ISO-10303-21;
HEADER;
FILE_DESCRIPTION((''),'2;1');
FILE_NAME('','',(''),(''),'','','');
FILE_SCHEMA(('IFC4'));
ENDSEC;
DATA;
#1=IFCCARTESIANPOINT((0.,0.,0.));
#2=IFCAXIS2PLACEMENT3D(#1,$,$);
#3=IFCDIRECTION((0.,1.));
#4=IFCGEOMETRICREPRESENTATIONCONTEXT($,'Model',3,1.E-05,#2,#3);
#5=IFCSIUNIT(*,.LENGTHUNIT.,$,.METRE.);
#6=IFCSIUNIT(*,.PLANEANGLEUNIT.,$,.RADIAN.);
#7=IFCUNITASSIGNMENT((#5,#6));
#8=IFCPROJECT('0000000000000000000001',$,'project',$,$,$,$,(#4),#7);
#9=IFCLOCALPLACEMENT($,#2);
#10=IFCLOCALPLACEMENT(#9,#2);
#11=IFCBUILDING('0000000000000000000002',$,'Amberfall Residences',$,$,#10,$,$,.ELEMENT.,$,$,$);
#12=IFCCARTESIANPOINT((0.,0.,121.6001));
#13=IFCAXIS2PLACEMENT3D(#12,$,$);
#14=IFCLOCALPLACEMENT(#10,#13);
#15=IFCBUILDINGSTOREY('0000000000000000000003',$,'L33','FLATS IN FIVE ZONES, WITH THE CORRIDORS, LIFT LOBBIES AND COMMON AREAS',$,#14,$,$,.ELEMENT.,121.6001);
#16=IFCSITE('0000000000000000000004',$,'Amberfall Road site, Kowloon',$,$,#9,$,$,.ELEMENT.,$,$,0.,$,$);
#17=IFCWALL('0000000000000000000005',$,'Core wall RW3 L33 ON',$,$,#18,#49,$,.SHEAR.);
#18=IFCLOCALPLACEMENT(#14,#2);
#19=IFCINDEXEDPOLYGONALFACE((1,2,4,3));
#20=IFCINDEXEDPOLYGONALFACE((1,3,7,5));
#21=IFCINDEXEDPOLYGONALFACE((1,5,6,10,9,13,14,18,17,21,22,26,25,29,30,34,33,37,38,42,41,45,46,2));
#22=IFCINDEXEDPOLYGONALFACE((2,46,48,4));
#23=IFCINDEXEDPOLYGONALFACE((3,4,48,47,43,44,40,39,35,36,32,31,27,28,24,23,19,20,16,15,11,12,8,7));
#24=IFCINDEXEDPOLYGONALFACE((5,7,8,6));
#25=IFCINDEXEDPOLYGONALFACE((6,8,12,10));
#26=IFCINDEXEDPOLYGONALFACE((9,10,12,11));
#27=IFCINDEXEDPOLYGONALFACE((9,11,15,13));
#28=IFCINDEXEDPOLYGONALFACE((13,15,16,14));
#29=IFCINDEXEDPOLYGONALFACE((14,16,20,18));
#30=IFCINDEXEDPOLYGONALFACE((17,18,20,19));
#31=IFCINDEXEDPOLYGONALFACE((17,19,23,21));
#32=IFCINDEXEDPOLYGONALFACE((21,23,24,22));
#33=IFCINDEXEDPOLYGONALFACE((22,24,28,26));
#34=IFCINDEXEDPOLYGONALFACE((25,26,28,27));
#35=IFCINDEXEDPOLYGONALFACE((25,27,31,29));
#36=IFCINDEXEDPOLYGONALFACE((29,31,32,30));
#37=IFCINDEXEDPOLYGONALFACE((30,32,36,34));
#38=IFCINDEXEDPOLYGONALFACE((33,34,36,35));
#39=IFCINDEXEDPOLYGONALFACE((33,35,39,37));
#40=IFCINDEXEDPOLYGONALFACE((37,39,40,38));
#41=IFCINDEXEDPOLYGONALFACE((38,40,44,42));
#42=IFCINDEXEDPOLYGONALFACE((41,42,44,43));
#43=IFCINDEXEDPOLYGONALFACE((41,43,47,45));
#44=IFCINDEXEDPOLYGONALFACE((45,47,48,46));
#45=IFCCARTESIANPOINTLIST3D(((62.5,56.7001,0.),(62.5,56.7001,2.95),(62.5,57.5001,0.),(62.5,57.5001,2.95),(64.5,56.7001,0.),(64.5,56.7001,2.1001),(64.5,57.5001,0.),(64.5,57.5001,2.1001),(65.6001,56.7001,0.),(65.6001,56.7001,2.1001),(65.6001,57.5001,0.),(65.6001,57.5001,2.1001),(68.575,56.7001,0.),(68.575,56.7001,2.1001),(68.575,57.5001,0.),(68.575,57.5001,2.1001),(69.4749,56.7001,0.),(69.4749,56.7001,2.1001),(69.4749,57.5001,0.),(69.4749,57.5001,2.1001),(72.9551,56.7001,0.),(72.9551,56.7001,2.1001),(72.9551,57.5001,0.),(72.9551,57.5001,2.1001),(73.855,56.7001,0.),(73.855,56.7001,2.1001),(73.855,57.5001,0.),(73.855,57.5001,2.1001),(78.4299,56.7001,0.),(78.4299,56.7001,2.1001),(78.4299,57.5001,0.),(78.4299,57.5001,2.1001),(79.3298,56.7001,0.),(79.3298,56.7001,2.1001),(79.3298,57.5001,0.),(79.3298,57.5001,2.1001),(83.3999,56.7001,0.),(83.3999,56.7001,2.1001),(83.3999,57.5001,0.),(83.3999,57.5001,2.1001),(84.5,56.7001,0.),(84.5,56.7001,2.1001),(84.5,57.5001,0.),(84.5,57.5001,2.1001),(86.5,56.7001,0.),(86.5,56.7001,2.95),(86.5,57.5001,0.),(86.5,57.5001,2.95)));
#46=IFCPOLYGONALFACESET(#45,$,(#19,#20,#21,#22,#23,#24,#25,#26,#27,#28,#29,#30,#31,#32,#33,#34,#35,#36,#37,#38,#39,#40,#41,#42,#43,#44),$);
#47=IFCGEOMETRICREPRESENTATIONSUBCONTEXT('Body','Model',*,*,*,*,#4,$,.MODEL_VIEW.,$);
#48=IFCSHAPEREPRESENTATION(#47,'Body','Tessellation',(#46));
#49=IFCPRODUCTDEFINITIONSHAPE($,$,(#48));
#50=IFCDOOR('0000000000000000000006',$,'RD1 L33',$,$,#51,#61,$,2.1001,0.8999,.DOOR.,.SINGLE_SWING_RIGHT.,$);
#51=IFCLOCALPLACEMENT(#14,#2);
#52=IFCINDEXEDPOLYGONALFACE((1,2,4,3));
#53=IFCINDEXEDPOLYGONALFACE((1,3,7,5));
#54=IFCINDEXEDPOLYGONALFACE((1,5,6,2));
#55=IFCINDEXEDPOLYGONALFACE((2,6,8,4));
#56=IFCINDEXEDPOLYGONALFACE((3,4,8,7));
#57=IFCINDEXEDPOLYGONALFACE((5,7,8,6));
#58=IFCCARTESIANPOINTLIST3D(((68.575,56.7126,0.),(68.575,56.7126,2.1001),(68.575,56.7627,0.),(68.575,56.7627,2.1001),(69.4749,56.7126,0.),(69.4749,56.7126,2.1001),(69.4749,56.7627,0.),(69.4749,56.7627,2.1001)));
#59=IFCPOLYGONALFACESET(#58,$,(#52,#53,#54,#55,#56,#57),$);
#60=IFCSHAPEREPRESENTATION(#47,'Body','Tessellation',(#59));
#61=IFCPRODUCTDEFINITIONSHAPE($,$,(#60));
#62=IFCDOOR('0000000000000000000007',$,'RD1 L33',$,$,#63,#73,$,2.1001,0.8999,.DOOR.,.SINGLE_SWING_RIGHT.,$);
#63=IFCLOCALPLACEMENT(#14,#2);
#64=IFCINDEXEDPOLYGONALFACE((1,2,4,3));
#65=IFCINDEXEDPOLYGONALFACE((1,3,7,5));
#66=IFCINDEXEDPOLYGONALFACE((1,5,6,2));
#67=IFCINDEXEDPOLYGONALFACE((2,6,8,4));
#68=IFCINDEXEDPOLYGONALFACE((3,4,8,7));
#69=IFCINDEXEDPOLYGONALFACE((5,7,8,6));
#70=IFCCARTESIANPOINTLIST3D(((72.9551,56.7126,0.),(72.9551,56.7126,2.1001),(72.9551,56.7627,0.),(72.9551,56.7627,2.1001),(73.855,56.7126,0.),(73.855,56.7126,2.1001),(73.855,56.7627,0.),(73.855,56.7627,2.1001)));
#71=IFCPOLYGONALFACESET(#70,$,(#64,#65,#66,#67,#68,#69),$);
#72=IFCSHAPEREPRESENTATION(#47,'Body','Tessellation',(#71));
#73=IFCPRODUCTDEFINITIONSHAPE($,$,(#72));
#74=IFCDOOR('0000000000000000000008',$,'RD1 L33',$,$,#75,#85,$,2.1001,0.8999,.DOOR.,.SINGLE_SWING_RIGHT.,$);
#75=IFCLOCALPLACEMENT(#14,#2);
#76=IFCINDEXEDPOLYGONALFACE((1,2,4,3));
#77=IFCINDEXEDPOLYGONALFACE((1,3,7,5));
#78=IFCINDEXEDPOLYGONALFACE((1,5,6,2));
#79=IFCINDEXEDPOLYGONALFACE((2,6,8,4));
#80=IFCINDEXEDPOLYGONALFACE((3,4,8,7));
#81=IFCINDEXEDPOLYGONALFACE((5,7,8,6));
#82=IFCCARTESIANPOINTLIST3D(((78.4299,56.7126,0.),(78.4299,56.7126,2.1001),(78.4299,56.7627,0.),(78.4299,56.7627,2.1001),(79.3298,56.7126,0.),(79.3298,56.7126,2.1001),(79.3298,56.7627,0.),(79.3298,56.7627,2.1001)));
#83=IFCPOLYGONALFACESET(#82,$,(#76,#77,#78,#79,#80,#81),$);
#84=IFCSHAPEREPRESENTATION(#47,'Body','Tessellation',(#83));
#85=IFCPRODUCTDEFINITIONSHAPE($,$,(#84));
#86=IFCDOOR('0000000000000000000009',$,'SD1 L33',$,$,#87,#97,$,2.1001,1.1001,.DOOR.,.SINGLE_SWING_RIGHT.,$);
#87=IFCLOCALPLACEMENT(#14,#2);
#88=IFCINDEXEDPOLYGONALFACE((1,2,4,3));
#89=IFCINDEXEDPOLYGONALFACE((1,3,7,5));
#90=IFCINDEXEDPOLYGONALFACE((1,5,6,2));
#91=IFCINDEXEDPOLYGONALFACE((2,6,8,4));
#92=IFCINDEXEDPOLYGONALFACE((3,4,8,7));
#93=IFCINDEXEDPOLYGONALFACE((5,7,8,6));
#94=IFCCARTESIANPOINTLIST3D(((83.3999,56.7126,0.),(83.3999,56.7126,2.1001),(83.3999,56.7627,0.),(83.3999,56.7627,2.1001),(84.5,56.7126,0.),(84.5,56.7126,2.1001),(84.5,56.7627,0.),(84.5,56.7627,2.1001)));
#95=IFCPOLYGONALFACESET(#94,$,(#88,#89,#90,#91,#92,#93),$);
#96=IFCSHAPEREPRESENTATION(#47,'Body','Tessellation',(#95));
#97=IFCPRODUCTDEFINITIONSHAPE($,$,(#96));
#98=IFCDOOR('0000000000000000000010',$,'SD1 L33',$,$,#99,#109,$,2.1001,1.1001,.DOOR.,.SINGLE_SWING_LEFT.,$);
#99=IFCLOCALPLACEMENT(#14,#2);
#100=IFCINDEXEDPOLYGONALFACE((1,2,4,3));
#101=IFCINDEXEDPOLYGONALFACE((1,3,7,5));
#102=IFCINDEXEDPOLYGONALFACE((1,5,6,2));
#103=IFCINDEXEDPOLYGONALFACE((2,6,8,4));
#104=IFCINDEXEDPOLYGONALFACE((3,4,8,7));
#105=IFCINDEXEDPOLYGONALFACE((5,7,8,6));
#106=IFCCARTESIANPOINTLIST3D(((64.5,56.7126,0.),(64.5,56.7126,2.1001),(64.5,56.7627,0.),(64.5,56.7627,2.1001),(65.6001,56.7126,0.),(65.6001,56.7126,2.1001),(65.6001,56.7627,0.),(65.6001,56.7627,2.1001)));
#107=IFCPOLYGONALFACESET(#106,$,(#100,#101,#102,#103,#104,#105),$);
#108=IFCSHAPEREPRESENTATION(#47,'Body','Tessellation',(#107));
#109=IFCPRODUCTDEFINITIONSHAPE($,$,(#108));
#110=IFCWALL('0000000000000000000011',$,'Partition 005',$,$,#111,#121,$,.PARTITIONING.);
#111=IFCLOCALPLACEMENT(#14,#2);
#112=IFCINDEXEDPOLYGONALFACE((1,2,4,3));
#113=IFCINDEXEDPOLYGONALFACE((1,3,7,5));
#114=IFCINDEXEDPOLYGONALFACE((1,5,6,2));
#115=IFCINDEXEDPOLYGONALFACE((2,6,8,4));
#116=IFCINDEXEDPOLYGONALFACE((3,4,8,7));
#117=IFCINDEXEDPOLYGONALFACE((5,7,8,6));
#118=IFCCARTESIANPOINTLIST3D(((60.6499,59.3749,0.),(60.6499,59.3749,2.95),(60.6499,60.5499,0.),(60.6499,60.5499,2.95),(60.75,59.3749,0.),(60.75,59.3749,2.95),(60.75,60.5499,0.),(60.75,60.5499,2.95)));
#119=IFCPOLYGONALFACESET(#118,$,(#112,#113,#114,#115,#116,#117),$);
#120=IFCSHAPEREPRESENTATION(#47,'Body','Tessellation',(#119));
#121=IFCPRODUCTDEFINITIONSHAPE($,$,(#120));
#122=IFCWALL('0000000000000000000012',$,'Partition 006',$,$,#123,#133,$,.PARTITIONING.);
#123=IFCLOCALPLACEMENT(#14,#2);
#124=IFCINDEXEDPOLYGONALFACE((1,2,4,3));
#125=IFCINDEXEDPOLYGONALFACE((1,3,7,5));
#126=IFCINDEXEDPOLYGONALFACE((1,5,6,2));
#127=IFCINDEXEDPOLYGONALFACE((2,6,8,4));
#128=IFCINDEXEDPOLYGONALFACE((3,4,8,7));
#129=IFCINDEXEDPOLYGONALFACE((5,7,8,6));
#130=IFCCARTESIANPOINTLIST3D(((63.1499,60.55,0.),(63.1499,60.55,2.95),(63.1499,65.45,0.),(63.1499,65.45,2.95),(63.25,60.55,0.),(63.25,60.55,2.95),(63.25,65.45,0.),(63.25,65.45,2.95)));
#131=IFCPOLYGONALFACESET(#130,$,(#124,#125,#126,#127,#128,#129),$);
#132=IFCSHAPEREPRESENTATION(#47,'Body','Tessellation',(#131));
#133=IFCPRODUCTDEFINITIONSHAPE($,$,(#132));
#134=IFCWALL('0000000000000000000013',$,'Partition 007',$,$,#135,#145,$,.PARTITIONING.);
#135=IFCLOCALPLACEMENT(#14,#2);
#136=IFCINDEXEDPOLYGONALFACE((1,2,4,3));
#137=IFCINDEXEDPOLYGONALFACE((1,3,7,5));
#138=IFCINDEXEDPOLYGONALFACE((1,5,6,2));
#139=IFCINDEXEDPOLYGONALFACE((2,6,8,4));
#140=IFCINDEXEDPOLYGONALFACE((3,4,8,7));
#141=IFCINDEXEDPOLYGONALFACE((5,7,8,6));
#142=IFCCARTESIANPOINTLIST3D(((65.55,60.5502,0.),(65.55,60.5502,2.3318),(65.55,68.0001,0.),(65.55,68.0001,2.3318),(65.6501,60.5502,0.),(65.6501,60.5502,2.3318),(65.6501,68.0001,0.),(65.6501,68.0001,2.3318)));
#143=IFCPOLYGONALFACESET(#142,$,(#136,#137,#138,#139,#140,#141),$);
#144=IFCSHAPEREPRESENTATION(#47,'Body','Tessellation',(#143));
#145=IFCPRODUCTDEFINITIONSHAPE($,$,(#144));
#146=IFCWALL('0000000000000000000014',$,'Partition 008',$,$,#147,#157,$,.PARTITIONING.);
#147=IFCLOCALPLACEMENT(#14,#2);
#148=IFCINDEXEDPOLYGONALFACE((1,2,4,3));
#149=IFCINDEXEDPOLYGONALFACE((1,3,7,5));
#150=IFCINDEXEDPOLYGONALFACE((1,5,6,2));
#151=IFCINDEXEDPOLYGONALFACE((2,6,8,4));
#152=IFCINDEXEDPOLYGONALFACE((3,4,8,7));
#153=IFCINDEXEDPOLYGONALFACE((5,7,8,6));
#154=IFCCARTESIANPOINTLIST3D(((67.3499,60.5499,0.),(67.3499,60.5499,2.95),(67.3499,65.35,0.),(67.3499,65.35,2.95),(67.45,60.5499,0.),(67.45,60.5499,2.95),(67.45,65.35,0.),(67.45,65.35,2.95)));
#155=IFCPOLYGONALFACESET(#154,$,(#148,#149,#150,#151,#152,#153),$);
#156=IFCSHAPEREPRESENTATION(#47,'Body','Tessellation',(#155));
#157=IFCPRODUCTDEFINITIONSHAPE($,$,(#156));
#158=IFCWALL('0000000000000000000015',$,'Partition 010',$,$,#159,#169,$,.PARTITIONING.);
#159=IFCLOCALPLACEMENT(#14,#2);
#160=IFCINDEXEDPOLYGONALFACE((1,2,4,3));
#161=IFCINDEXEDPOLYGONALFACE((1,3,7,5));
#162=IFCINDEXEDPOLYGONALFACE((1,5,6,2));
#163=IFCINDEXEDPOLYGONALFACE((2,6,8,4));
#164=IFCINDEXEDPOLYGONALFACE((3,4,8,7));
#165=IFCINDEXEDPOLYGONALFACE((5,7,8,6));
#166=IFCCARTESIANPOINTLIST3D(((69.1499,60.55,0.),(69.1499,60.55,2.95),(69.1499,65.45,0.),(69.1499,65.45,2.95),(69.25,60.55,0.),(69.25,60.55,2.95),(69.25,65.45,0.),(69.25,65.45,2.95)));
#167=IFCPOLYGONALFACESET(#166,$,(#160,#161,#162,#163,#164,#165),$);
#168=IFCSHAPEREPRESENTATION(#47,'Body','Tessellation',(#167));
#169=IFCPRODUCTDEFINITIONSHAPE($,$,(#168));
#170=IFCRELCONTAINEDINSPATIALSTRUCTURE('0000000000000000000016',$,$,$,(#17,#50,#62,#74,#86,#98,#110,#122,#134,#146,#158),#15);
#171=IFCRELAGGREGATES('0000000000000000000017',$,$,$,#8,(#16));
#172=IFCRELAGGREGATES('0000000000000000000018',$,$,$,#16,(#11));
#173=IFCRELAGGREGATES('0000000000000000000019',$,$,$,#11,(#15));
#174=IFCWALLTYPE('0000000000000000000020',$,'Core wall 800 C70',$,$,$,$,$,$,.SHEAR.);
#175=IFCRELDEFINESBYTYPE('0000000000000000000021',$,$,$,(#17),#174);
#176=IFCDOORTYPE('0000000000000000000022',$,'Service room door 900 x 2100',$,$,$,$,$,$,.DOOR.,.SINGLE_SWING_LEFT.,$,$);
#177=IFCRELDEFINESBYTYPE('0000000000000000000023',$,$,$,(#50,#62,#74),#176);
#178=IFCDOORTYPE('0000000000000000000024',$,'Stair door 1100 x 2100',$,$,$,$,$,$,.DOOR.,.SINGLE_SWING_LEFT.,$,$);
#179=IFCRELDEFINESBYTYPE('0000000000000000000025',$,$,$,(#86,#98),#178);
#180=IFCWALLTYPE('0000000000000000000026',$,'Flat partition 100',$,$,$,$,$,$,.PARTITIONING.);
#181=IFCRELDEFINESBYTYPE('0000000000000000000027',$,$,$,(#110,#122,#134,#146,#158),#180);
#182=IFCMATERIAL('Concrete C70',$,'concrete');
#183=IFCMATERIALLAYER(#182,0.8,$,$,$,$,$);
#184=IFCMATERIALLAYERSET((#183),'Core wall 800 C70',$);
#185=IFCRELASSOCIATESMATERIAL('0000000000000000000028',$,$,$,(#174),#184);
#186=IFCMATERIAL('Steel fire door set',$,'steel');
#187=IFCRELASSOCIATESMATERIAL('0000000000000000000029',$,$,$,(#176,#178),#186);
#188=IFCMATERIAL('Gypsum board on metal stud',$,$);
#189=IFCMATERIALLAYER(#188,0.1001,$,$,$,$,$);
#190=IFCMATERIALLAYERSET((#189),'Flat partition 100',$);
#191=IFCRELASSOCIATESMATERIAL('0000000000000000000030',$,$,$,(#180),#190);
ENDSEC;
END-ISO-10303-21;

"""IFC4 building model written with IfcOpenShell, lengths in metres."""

from ifc_helpers import new_model, si_unit, direction, frame, frame_2d, origin, place, context, subcontext, project, spatial, rectangle, extrude, material, layer, layer_set, type_object, element, fill, save


model = new_model("IFC4")

# Units and contexts
model_context = context("Model", 3, precision=1e-05, world=origin(), true_north=direction((0.0, 1.0)))
body_context = subcontext(model_context, "Body", "Model", "MODEL_VIEW")
ifc_project = project(units=[si_unit("LENGTHUNIT", "METRE"), si_unit("PLANEANGLEUNIT", "RADIAN")], contexts=[model_context])

# Site, building, storey
site_placement = place(None, origin())
site = spatial("IfcSite", under=ifc_project, at=site_placement, Name="Amberfall Road site, Kowloon", CompositionType="ELEMENT", RefElevation=0.0)
building_placement = place(site_placement, origin())
building = spatial("IfcBuilding", under=site, at=building_placement, Name="Amberfall Residences", CompositionType="ELEMENT")
storey_placement = place(building_placement, frame((0.0, 0.0, 121.6001)))
storey = spatial("IfcBuildingStorey", under=building, at=storey_placement, Name="L33", Description="FLATS IN FIVE ZONES, WITH THE CORRIDORS, LIFT LOBBIES AND COMMON AREAS", CompositionType="ELEMENT", Elevation=121.6001)

# Wall, openings, doors
ifc_material_1 = material(Name="Concrete C70", Category="concrete")
ifc_layer_1 = layer(ifc_material_1, 0.8)
ifc_layer_set_1 = layer_set([ifc_layer_1], Name="Core wall 800 C70")
wall_type_1 = type_object("IfcWallType", Name="Core wall 800 C70", PredefinedType="SHEAR", material=ifc_layer_set_1)
wall_1_placement = place(storey_placement, frame((62.5, 57.1001, 0.0), z_axis=(0.0, 0.0, 1.0), x_axis=(1.0, 0.0, 0.0)))
wall_1 = element("IfcWall", 1, at=wall_1_placement, inside=storey, type_object=wall_type_1, Name="Core wall RW3 L33 ON", PredefinedType="SHEAR", context=body_context, shape_type="SweptSolid", body=[
    extrude(rectangle(XDim=24.0, YDim=0.8, at=frame_2d((12.0, 0.0))), origin(), (0.0, 0.0, 1.0), 2.95),
])
opening_1_placement = place(wall_1_placement, frame((20.8999, 0.0, 0.0)))
opening_1 = element("IfcOpeningElement", 2, at=opening_1_placement, cuts=wall_1, PredefinedType="OPENING", context=body_context, shape_type="SweptSolid", body=[
    extrude(rectangle(XDim=1.1001, YDim=2.1001, at=frame_2d((0.55, 1.05))), frame((0.0, 0.4099, 0.0), z_axis=(0.0, -1.0, 0.0), x_axis=(1.0, 0.0, 0.0)), (0.0, 0.0, 1.0), 0.8201),
])
opening_2_placement = place(wall_1_placement, frame((2.0, 0.0, 0.0)))
opening_2 = element("IfcOpeningElement", 3, at=opening_2_placement, cuts=wall_1, PredefinedType="OPENING", context=body_context, shape_type="SweptSolid", body=[
    extrude(rectangle(XDim=1.1001, YDim=2.1001, at=frame_2d((0.55, 1.05))), frame((0.0, 0.4099, 0.0), z_axis=(0.0, -1.0, 0.0), x_axis=(1.0, 0.0, 0.0)), (0.0, 0.0, 1.0), 0.8201),
])
opening_3_placement = place(wall_1_placement, frame((6.075, 0.0, 0.0)))
opening_3 = element("IfcOpeningElement", 4, at=opening_3_placement, cuts=wall_1, PredefinedType="OPENING", context=body_context, shape_type="SweptSolid", body=[
    extrude(rectangle(XDim=0.8999, YDim=2.1001, at=frame_2d((0.45, 1.05))), frame((0.0, 0.4099, 0.0), z_axis=(0.0, -1.0, 0.0), x_axis=(1.0, 0.0, 0.0)), (0.0, 0.0, 1.0), 0.8201),
])
opening_4_placement = place(wall_1_placement, frame((10.4551, 0.0, 0.0)))
opening_4 = element("IfcOpeningElement", 5, at=opening_4_placement, cuts=wall_1, PredefinedType="OPENING", context=body_context, shape_type="SweptSolid", body=[
    extrude(rectangle(XDim=0.8999, YDim=2.1001, at=frame_2d((0.45, 1.05))), frame((0.0, 0.4099, 0.0), z_axis=(0.0, -1.0, 0.0), x_axis=(1.0, 0.0, 0.0)), (0.0, 0.0, 1.0), 0.8201),
])
opening_5_placement = place(wall_1_placement, frame((15.9299, 0.0, 0.0)))
opening_5 = element("IfcOpeningElement", 6, at=opening_5_placement, cuts=wall_1, PredefinedType="OPENING", context=body_context, shape_type="SweptSolid", body=[
    extrude(rectangle(XDim=0.8999, YDim=2.1001, at=frame_2d((0.45, 1.05))), frame((0.0, 0.4099, 0.0), z_axis=(0.0, -1.0, 0.0), x_axis=(1.0, 0.0, 0.0)), (0.0, 0.0, 1.0), 0.8201),
])
ifc_material_2 = material(Name="Steel fire door set", Category="steel")
door_type_1 = type_object("IfcDoorType", Name="Service room door 900 x 2100", OperationType="SINGLE_SWING_LEFT", PredefinedType="DOOR", material=ifc_material_2)
door_1_placement = place(opening_3_placement, origin())
door_1 = element("IfcDoor", 7, at=door_1_placement, inside=storey, type_object=door_type_1, Name="RD1 L33", OperationType="SINGLE_SWING_RIGHT", OverallHeight=2.1001, OverallWidth=0.8999, PredefinedType="DOOR", context=body_context, shape_type="SweptSolid", body=[
    extrude(rectangle(XDim=0.8999, YDim=2.1001, at=frame_2d((0.45, 1.05))), frame((0.0, -0.3374, 0.0), z_axis=(0.0, -1.0, 0.0), x_axis=(1.0, 0.0, 0.0)), (0.0, 0.0, 1.0), 0.05),
])
fill(opening_3, door_1)
door_2_placement = place(opening_4_placement, origin())
door_2 = element("IfcDoor", 8, at=door_2_placement, inside=storey, type_object=door_type_1, Name="RD1 L33", OperationType="SINGLE_SWING_RIGHT", OverallHeight=2.1001, OverallWidth=0.8999, PredefinedType="DOOR", context=body_context, shape_type="SweptSolid", body=[
    extrude(rectangle(XDim=0.8999, YDim=2.1001, at=frame_2d((0.45, 1.05))), frame((0.0, -0.3374, 0.0), z_axis=(0.0, -1.0, 0.0), x_axis=(1.0, 0.0, 0.0)), (0.0, 0.0, 1.0), 0.05),
])
fill(opening_4, door_2)
door_3_placement = place(opening_5_placement, origin())
door_3 = element("IfcDoor", 9, at=door_3_placement, inside=storey, type_object=door_type_1, Name="RD1 L33", OperationType="SINGLE_SWING_RIGHT", OverallHeight=2.1001, OverallWidth=0.8999, PredefinedType="DOOR", context=body_context, shape_type="SweptSolid", body=[
    extrude(rectangle(XDim=0.8999, YDim=2.1001, at=frame_2d((0.45, 1.05))), frame((0.0, -0.3374, 0.0), z_axis=(0.0, -1.0, 0.0), x_axis=(1.0, 0.0, 0.0)), (0.0, 0.0, 1.0), 0.05),
])
fill(opening_5, door_3)
door_type_2 = type_object("IfcDoorType", Name="Stair door 1100 x 2100", OperationType="SINGLE_SWING_LEFT", PredefinedType="DOOR", material=ifc_material_2)
door_4_placement = place(opening_1_placement, origin())
door_4 = element("IfcDoor", 10, at=door_4_placement, inside=storey, type_object=door_type_2, Name="SD1 L33", OperationType="SINGLE_SWING_RIGHT", OverallHeight=2.1001, OverallWidth=1.1001, PredefinedType="DOOR", context=body_context, shape_type="SweptSolid", body=[
    extrude(rectangle(XDim=1.1001, YDim=2.1001, at=frame_2d((0.55, 1.05))), frame((0.0, -0.3374, 0.0), z_axis=(0.0, -1.0, 0.0), x_axis=(1.0, 0.0, 0.0)), (0.0, 0.0, 1.0), 0.05),
])
fill(opening_1, door_4)
door_5_placement = place(opening_2_placement, origin())
door_5 = element("IfcDoor", 11, at=door_5_placement, inside=storey, type_object=door_type_2, Name="SD1 L33", OperationType="SINGLE_SWING_LEFT", OverallHeight=2.1001, OverallWidth=1.1001, PredefinedType="DOOR", context=body_context, shape_type="SweptSolid", body=[
    extrude(rectangle(XDim=1.1001, YDim=2.1001, at=frame_2d((0.55, 1.05))), frame((0.0, -0.3374, 0.0), z_axis=(0.0, -1.0, 0.0), x_axis=(1.0, 0.0, 0.0)), (0.0, 0.0, 1.0), 0.05),
])
fill(opening_2, door_5)

# Walls
ifc_material_3 = material(Name="Gypsum board on metal stud")
ifc_layer_2 = layer(ifc_material_3, 0.1001)
ifc_layer_set_2 = layer_set([ifc_layer_2], Name="Flat partition 100")
wall_type_2 = type_object("IfcWallType", Name="Flat partition 100", PredefinedType="PARTITIONING", material=ifc_layer_set_2)
wall_2_placement = place(storey_placement, frame((60.7, 59.375, 0.0), z_axis=(0.0, 0.0, 1.0), x_axis=(0.0, 1.0, 0.0)))
element("IfcWall", 12, at=wall_2_placement, inside=storey, type_object=wall_type_2, Name="Partition 005", PredefinedType="PARTITIONING", context=body_context, shape_type="SweptSolid", body=[
    extrude(rectangle(XDim=1.175, YDim=0.1001, at=frame_2d((0.5874, 0.0))), origin(), (0.0, 0.0, 1.0), 2.95),
])
wall_3_placement = place(storey_placement, frame((63.2, 60.55, 0.0), z_axis=(0.0, 0.0, 1.0), x_axis=(0.0, 1.0, 0.0)))
element("IfcWall", 13, at=wall_3_placement, inside=storey, type_object=wall_type_2, Name="Partition 006", PredefinedType="PARTITIONING", context=body_context, shape_type="SweptSolid", body=[
    extrude(rectangle(XDim=4.8999, YDim=0.1001, at=frame_2d((2.45, 0.0))), origin(), (0.0, 0.0, 1.0), 2.95),
])
wall_4_placement = place(storey_placement, frame((65.6001, 60.55, 0.0), z_axis=(0.0, 0.0, 1.0), x_axis=(0.0, 1.0, 0.0)))
element("IfcWall", 14, at=wall_4_placement, inside=storey, type_object=wall_type_2, Name="Partition 007", PredefinedType="PARTITIONING", context=body_context, shape_type="SweptSolid", body=[
    extrude(rectangle(XDim=7.45, YDim=0.1001, at=frame_2d((3.7251, 0.0))), origin(), (0.0, 0.0, 1.0), 2.3318),
])
wall_5_placement = place(storey_placement, frame((67.3999, 60.55, 0.0), z_axis=(0.0, 0.0, 1.0), x_axis=(0.0, 1.0, 0.0)))
element("IfcWall", 15, at=wall_5_placement, inside=storey, type_object=wall_type_2, Name="Partition 008", PredefinedType="PARTITIONING", context=body_context, shape_type="SweptSolid", body=[
    extrude(rectangle(XDim=4.8, YDim=0.1001, at=frame_2d((2.3999, 0.0))), origin(), (0.0, 0.0, 1.0), 2.95),
])
wall_6_placement = place(storey_placement, frame((69.2, 60.55, 0.0), z_axis=(0.0, 0.0, 1.0), x_axis=(0.0, 1.0, 0.0)))
element("IfcWall", 16, at=wall_6_placement, inside=storey, type_object=wall_type_2, Name="Partition 010", PredefinedType="PARTITIONING", context=body_context, shape_type="SweptSolid", body=[
    extrude(rectangle(XDim=4.8999, YDim=0.1001, at=frame_2d((2.45, 0.0))), origin(), (0.0, 0.0, 1.0), 2.95),
])

save(model, "model.ifc")
